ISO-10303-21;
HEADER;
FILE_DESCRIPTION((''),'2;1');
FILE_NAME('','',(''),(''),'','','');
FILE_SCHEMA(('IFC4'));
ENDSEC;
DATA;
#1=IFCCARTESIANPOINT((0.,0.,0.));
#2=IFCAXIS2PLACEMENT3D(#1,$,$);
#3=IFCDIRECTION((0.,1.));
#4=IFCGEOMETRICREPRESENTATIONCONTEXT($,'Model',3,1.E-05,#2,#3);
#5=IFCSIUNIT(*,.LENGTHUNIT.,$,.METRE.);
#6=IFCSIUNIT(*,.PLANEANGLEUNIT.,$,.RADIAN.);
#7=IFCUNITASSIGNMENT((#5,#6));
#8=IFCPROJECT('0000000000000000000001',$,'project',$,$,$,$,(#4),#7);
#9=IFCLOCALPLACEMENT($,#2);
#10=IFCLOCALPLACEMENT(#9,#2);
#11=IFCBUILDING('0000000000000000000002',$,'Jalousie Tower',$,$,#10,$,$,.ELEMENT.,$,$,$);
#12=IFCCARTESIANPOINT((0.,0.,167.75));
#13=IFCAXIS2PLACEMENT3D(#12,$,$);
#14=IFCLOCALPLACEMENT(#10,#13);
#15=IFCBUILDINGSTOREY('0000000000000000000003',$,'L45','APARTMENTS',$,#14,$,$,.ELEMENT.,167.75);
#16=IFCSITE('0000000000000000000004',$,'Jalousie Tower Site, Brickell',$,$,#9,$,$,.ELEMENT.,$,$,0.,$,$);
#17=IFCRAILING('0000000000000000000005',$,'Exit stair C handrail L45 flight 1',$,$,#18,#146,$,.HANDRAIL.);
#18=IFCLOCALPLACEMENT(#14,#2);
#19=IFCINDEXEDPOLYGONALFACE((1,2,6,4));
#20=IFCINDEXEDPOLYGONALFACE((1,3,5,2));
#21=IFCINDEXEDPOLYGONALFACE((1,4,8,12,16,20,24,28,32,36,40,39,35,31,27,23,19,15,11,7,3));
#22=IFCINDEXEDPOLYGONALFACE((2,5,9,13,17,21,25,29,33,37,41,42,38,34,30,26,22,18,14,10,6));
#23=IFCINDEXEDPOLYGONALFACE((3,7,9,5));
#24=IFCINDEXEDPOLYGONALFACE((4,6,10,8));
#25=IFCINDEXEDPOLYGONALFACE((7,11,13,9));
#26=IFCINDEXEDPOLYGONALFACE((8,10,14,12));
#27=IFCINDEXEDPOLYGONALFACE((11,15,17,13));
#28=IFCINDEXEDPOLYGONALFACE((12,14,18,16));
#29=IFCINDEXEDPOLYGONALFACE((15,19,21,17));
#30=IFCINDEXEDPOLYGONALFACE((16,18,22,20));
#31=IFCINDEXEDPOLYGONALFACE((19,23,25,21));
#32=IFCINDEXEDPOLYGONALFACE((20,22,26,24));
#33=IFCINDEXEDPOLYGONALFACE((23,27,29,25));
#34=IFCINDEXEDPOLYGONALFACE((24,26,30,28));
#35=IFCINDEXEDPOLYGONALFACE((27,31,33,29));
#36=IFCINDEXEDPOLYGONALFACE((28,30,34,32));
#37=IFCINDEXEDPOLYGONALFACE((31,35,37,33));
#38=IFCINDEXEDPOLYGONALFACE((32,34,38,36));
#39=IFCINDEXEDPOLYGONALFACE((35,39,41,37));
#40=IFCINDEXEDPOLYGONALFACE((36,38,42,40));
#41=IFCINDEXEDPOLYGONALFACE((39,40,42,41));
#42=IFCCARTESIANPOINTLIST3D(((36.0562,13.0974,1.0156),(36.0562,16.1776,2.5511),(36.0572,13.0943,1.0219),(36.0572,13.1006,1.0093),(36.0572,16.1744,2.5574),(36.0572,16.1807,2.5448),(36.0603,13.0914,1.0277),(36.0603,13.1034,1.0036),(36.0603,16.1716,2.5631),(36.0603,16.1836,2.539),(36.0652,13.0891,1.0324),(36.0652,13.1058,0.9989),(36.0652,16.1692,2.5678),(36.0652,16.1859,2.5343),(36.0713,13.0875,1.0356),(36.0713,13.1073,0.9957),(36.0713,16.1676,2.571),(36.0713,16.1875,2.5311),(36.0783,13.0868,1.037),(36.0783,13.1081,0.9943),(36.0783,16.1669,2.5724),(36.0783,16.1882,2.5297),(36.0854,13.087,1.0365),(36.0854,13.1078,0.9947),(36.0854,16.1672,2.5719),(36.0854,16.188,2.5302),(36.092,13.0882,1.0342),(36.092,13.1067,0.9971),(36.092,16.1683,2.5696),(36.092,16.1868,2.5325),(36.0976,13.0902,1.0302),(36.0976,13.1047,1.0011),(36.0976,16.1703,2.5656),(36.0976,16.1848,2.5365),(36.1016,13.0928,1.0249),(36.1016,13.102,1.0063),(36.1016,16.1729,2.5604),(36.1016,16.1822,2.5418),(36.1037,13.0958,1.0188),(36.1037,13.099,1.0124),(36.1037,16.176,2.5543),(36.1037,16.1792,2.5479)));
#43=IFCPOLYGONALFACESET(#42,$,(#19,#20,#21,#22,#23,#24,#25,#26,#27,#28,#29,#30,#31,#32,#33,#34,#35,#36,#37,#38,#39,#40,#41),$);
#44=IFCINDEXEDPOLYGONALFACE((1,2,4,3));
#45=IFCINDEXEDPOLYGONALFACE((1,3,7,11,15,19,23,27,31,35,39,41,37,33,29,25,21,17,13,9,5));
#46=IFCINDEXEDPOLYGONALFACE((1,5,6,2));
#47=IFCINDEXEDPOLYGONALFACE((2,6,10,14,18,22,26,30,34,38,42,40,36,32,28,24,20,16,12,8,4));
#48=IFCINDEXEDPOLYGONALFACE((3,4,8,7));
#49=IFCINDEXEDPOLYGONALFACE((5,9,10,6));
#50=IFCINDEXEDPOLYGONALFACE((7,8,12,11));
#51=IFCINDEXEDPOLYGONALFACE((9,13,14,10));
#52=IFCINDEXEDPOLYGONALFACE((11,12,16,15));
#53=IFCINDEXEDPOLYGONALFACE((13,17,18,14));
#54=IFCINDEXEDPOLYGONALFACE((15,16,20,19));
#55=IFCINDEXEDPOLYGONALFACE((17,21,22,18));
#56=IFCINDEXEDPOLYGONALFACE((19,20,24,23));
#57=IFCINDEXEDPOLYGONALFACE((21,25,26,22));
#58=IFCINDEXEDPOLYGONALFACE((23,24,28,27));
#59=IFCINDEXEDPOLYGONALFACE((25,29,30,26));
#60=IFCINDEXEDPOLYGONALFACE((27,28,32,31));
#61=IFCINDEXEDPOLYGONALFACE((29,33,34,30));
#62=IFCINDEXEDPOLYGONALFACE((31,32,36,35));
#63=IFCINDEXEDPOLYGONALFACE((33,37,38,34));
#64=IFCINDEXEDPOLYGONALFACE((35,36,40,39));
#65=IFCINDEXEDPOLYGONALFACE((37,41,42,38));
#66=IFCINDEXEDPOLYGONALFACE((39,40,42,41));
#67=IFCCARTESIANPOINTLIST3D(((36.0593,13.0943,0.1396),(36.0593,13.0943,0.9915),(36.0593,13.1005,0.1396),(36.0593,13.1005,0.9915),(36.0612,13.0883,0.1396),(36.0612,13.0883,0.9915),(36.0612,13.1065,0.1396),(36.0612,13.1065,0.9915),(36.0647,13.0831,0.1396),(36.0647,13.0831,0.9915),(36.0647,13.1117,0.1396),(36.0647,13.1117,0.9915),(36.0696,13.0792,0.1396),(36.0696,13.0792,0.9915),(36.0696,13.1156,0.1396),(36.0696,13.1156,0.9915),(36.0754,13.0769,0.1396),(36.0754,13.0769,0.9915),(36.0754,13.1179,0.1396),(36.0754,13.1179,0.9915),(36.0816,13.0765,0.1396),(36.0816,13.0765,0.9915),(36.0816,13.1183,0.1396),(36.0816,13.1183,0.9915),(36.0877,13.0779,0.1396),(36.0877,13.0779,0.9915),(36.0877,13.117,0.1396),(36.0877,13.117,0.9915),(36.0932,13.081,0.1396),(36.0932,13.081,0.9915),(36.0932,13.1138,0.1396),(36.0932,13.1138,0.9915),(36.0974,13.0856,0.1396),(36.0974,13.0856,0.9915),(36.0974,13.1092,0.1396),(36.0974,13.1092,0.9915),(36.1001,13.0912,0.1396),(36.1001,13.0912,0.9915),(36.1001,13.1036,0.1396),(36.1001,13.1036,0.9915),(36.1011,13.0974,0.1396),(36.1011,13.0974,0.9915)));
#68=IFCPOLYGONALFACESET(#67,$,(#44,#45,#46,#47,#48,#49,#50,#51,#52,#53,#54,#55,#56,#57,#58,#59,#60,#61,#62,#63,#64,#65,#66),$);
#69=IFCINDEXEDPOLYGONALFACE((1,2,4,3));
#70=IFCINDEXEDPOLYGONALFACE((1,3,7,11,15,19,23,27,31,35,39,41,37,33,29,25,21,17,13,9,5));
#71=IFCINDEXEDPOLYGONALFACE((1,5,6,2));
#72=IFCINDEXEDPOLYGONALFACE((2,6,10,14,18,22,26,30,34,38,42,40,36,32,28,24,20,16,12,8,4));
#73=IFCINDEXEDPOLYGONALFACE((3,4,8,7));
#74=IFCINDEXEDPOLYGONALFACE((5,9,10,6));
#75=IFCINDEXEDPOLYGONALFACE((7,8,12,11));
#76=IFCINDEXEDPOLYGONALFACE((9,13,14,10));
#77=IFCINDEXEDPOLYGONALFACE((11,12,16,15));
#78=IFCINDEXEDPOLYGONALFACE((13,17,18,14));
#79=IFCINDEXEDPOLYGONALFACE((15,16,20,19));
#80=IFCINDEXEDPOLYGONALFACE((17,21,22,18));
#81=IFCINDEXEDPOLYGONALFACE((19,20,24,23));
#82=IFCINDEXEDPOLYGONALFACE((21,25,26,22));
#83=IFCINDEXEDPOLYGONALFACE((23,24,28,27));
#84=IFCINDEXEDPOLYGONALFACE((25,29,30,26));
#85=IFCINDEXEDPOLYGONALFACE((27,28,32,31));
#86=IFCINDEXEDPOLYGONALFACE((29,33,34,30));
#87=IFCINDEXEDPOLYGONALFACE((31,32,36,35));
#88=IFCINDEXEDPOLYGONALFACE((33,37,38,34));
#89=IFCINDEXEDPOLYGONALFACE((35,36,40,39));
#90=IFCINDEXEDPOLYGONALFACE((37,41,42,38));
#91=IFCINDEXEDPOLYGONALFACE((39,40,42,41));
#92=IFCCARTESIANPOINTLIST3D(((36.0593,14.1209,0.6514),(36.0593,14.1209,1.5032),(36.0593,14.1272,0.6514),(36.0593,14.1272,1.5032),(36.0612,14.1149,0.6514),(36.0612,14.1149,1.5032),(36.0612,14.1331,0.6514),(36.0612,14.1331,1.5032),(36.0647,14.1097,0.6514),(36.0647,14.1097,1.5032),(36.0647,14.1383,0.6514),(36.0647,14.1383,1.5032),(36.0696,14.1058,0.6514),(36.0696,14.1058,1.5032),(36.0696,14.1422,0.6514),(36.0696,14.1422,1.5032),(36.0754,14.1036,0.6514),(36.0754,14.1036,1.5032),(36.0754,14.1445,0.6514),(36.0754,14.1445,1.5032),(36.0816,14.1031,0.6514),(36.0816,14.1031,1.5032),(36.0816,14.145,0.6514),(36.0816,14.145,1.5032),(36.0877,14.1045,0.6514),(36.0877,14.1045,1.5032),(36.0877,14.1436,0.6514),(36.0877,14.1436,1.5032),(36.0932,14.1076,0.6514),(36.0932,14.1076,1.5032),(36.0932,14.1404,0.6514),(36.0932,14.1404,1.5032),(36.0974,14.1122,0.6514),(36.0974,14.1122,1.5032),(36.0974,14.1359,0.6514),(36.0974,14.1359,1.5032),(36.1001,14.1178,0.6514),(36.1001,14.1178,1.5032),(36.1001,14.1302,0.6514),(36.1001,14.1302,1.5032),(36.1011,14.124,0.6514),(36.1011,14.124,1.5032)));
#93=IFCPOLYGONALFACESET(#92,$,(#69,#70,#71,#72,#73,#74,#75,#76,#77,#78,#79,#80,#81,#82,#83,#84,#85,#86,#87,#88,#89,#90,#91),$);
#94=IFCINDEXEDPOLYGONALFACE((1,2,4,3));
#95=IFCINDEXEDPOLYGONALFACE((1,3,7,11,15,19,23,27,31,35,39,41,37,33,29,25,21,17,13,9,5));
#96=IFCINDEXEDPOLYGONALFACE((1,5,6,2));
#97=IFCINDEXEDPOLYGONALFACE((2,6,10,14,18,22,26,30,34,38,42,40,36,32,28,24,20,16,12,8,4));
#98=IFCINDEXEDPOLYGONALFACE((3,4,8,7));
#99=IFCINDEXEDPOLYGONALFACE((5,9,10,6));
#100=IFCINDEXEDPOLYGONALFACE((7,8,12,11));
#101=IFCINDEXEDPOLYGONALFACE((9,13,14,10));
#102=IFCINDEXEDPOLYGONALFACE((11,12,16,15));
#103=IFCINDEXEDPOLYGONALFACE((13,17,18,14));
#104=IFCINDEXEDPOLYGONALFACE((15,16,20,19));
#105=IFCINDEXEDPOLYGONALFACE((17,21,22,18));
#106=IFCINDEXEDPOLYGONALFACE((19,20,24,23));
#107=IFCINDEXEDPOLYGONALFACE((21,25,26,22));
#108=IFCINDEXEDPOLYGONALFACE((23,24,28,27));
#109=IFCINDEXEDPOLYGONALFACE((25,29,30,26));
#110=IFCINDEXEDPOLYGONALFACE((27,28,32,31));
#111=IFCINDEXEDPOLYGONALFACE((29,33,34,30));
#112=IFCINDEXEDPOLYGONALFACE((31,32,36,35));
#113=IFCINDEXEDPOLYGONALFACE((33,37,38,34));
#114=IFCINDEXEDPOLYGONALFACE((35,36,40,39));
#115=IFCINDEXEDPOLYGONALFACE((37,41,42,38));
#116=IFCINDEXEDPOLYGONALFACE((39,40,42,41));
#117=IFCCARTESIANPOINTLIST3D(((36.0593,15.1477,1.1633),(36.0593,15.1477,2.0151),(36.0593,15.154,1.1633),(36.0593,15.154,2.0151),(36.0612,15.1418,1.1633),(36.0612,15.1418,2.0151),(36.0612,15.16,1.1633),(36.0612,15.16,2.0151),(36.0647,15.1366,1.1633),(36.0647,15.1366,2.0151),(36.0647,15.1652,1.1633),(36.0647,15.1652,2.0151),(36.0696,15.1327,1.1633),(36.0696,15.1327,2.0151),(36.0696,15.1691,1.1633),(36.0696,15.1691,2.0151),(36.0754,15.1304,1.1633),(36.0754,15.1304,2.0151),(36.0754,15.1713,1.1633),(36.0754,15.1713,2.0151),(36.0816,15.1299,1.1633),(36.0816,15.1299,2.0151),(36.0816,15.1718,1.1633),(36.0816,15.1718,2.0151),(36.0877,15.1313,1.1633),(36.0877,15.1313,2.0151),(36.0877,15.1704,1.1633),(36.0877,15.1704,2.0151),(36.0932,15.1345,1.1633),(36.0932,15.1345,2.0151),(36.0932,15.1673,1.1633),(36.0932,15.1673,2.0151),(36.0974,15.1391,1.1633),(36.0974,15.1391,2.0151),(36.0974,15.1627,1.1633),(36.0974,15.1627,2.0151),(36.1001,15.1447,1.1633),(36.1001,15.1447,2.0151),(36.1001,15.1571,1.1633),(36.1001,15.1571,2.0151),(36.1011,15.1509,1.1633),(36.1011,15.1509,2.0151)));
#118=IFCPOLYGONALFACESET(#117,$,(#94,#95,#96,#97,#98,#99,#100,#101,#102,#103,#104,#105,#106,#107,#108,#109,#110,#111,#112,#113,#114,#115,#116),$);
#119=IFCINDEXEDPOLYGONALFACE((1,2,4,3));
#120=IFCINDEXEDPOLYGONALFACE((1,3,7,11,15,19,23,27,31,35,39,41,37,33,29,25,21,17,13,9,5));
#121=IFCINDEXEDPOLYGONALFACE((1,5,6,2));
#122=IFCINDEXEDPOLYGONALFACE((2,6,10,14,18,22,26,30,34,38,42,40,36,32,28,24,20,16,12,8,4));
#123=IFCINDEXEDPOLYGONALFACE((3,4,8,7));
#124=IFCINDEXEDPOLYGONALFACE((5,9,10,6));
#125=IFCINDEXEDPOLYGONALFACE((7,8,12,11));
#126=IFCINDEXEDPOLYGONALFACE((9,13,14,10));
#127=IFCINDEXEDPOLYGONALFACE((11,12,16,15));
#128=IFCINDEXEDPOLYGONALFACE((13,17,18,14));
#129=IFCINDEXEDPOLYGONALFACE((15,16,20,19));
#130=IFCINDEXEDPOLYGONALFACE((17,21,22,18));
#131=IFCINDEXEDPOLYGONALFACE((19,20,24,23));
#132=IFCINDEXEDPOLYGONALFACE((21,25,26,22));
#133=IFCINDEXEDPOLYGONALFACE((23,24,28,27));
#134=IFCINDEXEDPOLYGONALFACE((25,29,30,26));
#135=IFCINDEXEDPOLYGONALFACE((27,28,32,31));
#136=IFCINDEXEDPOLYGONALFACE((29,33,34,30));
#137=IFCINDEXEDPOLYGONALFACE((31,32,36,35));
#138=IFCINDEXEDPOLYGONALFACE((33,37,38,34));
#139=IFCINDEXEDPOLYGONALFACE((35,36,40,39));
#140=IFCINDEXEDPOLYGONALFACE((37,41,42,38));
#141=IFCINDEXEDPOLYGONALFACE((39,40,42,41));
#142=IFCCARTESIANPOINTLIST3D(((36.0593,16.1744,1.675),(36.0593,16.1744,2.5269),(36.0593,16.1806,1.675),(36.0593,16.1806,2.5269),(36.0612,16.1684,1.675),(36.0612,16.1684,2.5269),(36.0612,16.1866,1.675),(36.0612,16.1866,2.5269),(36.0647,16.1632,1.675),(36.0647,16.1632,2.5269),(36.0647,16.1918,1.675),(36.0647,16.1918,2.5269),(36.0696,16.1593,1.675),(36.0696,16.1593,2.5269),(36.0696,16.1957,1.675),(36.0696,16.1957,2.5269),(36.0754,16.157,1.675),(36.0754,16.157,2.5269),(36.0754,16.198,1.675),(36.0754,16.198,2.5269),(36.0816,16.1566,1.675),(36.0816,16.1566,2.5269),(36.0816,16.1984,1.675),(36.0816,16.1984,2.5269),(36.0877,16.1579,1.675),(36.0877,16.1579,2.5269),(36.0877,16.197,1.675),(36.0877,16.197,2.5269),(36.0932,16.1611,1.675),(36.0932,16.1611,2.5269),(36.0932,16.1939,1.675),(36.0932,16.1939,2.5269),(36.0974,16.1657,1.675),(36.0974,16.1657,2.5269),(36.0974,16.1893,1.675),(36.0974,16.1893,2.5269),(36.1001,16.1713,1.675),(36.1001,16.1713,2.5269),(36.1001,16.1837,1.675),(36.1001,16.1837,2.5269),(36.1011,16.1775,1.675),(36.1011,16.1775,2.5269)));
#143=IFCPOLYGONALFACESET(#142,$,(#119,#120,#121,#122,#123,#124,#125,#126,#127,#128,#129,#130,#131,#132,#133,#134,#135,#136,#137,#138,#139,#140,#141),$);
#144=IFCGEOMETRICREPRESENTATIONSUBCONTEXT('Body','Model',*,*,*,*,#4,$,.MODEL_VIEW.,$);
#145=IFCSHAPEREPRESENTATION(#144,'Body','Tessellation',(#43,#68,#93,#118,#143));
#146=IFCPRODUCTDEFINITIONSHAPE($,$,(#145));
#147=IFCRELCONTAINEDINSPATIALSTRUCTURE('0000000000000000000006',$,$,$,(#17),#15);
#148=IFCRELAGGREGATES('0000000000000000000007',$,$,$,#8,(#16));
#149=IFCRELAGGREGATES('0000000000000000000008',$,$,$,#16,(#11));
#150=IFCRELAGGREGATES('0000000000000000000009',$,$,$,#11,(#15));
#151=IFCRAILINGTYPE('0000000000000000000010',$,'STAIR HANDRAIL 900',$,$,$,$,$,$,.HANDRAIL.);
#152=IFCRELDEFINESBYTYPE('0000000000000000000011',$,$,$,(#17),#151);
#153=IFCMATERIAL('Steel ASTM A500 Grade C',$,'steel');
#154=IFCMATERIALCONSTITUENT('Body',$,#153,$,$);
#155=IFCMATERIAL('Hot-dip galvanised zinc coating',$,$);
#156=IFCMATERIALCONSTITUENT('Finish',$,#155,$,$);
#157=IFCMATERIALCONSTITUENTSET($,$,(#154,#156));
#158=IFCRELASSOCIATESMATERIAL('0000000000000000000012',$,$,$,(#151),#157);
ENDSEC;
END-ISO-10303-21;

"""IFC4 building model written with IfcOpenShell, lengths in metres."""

from ifc_helpers import new_model, si_unit, direction, frame, origin, origin_2d, place, context, subcontext, project, spatial, circle, extrude, material, constituent, constituent_set, type_object, element, save


model = new_model("IFC4")

# Units and contexts
model_context = context("Model", 3, precision=1e-05, world=origin(), true_north=direction((0.0, 1.0)))
body_context = subcontext(model_context, "Body", "Model", "MODEL_VIEW")
ifc_project = project(units=[si_unit("LENGTHUNIT", "METRE"), si_unit("PLANEANGLEUNIT", "RADIAN")], contexts=[model_context])

# Site, building, storey
site_placement = place(None, origin())
site = spatial("IfcSite", under=ifc_project, at=site_placement, Name="Jalousie Tower Site, Brickell", CompositionType="ELEMENT", RefElevation=0.0)
building_placement = place(site_placement, origin())
building = spatial("IfcBuilding", under=site, at=building_placement, Name="Jalousie Tower", CompositionType="ELEMENT")
storey_placement = place(building_placement, frame((0.0, 0.0, 167.75)))
storey = spatial("IfcBuildingStorey", under=building, at=storey_placement, Name="L45", Description="APARTMENTS", CompositionType="ELEMENT", Elevation=167.75)

# Railing
ifc_material_1 = material(Name="Steel ASTM A500 Grade C", Category="steel")
ifc_constituent_1 = constituent(ifc_material_1, Name="Body")
ifc_material_2 = material(Name="Hot-dip galvanised zinc coating")
ifc_constituent_2 = constituent(ifc_material_2, Name="Finish")
ifc_constituent_set_1 = constituent_set(constituents=[ifc_constituent_1, ifc_constituent_2])
railing_type = type_object("IfcRailingType", Name="STAIR HANDRAIL 900", PredefinedType="HANDRAIL", material=ifc_constituent_set_1)
railing_placement = place(storey_placement, frame((36.0801, 13.0974, 0.1396)))
element("IfcRailing", 1, at=railing_placement, inside=storey, type_object=railing_type, Name="Exit stair C handrail L45 flight 1", PredefinedType="HANDRAIL", context=body_context, shape_type="SweptSolid", body=[
    extrude(circle(Radius=0.0239, at=origin_2d()), frame((0.0, 0.0, 0.876), z_axis=(0.0, 0.894966, 0.446135), x_axis=(-1.0, 0.0, 0.0)), (0.0, 0.0, 1.0), 3.4417),
    extrude(circle(Radius=0.021, at=origin_2d()), origin(), (0.0, 0.0, 1.0), 0.8518),
    extrude(circle(Radius=0.021, at=origin_2d()), frame((0.0, 1.0266, 0.5117)), (0.0, 0.0, 1.0), 0.8518),
    extrude(circle(Radius=0.021, at=origin_2d()), frame((0.0, 2.0535, 1.0237)), (0.0, 0.0, 1.0), 0.8518),
    extrude(circle(Radius=0.021, at=origin_2d()), frame((0.0, 3.0801, 1.5354)), (0.0, 0.0, 1.0), 0.8518),
])

save(model, "model.ifc")
